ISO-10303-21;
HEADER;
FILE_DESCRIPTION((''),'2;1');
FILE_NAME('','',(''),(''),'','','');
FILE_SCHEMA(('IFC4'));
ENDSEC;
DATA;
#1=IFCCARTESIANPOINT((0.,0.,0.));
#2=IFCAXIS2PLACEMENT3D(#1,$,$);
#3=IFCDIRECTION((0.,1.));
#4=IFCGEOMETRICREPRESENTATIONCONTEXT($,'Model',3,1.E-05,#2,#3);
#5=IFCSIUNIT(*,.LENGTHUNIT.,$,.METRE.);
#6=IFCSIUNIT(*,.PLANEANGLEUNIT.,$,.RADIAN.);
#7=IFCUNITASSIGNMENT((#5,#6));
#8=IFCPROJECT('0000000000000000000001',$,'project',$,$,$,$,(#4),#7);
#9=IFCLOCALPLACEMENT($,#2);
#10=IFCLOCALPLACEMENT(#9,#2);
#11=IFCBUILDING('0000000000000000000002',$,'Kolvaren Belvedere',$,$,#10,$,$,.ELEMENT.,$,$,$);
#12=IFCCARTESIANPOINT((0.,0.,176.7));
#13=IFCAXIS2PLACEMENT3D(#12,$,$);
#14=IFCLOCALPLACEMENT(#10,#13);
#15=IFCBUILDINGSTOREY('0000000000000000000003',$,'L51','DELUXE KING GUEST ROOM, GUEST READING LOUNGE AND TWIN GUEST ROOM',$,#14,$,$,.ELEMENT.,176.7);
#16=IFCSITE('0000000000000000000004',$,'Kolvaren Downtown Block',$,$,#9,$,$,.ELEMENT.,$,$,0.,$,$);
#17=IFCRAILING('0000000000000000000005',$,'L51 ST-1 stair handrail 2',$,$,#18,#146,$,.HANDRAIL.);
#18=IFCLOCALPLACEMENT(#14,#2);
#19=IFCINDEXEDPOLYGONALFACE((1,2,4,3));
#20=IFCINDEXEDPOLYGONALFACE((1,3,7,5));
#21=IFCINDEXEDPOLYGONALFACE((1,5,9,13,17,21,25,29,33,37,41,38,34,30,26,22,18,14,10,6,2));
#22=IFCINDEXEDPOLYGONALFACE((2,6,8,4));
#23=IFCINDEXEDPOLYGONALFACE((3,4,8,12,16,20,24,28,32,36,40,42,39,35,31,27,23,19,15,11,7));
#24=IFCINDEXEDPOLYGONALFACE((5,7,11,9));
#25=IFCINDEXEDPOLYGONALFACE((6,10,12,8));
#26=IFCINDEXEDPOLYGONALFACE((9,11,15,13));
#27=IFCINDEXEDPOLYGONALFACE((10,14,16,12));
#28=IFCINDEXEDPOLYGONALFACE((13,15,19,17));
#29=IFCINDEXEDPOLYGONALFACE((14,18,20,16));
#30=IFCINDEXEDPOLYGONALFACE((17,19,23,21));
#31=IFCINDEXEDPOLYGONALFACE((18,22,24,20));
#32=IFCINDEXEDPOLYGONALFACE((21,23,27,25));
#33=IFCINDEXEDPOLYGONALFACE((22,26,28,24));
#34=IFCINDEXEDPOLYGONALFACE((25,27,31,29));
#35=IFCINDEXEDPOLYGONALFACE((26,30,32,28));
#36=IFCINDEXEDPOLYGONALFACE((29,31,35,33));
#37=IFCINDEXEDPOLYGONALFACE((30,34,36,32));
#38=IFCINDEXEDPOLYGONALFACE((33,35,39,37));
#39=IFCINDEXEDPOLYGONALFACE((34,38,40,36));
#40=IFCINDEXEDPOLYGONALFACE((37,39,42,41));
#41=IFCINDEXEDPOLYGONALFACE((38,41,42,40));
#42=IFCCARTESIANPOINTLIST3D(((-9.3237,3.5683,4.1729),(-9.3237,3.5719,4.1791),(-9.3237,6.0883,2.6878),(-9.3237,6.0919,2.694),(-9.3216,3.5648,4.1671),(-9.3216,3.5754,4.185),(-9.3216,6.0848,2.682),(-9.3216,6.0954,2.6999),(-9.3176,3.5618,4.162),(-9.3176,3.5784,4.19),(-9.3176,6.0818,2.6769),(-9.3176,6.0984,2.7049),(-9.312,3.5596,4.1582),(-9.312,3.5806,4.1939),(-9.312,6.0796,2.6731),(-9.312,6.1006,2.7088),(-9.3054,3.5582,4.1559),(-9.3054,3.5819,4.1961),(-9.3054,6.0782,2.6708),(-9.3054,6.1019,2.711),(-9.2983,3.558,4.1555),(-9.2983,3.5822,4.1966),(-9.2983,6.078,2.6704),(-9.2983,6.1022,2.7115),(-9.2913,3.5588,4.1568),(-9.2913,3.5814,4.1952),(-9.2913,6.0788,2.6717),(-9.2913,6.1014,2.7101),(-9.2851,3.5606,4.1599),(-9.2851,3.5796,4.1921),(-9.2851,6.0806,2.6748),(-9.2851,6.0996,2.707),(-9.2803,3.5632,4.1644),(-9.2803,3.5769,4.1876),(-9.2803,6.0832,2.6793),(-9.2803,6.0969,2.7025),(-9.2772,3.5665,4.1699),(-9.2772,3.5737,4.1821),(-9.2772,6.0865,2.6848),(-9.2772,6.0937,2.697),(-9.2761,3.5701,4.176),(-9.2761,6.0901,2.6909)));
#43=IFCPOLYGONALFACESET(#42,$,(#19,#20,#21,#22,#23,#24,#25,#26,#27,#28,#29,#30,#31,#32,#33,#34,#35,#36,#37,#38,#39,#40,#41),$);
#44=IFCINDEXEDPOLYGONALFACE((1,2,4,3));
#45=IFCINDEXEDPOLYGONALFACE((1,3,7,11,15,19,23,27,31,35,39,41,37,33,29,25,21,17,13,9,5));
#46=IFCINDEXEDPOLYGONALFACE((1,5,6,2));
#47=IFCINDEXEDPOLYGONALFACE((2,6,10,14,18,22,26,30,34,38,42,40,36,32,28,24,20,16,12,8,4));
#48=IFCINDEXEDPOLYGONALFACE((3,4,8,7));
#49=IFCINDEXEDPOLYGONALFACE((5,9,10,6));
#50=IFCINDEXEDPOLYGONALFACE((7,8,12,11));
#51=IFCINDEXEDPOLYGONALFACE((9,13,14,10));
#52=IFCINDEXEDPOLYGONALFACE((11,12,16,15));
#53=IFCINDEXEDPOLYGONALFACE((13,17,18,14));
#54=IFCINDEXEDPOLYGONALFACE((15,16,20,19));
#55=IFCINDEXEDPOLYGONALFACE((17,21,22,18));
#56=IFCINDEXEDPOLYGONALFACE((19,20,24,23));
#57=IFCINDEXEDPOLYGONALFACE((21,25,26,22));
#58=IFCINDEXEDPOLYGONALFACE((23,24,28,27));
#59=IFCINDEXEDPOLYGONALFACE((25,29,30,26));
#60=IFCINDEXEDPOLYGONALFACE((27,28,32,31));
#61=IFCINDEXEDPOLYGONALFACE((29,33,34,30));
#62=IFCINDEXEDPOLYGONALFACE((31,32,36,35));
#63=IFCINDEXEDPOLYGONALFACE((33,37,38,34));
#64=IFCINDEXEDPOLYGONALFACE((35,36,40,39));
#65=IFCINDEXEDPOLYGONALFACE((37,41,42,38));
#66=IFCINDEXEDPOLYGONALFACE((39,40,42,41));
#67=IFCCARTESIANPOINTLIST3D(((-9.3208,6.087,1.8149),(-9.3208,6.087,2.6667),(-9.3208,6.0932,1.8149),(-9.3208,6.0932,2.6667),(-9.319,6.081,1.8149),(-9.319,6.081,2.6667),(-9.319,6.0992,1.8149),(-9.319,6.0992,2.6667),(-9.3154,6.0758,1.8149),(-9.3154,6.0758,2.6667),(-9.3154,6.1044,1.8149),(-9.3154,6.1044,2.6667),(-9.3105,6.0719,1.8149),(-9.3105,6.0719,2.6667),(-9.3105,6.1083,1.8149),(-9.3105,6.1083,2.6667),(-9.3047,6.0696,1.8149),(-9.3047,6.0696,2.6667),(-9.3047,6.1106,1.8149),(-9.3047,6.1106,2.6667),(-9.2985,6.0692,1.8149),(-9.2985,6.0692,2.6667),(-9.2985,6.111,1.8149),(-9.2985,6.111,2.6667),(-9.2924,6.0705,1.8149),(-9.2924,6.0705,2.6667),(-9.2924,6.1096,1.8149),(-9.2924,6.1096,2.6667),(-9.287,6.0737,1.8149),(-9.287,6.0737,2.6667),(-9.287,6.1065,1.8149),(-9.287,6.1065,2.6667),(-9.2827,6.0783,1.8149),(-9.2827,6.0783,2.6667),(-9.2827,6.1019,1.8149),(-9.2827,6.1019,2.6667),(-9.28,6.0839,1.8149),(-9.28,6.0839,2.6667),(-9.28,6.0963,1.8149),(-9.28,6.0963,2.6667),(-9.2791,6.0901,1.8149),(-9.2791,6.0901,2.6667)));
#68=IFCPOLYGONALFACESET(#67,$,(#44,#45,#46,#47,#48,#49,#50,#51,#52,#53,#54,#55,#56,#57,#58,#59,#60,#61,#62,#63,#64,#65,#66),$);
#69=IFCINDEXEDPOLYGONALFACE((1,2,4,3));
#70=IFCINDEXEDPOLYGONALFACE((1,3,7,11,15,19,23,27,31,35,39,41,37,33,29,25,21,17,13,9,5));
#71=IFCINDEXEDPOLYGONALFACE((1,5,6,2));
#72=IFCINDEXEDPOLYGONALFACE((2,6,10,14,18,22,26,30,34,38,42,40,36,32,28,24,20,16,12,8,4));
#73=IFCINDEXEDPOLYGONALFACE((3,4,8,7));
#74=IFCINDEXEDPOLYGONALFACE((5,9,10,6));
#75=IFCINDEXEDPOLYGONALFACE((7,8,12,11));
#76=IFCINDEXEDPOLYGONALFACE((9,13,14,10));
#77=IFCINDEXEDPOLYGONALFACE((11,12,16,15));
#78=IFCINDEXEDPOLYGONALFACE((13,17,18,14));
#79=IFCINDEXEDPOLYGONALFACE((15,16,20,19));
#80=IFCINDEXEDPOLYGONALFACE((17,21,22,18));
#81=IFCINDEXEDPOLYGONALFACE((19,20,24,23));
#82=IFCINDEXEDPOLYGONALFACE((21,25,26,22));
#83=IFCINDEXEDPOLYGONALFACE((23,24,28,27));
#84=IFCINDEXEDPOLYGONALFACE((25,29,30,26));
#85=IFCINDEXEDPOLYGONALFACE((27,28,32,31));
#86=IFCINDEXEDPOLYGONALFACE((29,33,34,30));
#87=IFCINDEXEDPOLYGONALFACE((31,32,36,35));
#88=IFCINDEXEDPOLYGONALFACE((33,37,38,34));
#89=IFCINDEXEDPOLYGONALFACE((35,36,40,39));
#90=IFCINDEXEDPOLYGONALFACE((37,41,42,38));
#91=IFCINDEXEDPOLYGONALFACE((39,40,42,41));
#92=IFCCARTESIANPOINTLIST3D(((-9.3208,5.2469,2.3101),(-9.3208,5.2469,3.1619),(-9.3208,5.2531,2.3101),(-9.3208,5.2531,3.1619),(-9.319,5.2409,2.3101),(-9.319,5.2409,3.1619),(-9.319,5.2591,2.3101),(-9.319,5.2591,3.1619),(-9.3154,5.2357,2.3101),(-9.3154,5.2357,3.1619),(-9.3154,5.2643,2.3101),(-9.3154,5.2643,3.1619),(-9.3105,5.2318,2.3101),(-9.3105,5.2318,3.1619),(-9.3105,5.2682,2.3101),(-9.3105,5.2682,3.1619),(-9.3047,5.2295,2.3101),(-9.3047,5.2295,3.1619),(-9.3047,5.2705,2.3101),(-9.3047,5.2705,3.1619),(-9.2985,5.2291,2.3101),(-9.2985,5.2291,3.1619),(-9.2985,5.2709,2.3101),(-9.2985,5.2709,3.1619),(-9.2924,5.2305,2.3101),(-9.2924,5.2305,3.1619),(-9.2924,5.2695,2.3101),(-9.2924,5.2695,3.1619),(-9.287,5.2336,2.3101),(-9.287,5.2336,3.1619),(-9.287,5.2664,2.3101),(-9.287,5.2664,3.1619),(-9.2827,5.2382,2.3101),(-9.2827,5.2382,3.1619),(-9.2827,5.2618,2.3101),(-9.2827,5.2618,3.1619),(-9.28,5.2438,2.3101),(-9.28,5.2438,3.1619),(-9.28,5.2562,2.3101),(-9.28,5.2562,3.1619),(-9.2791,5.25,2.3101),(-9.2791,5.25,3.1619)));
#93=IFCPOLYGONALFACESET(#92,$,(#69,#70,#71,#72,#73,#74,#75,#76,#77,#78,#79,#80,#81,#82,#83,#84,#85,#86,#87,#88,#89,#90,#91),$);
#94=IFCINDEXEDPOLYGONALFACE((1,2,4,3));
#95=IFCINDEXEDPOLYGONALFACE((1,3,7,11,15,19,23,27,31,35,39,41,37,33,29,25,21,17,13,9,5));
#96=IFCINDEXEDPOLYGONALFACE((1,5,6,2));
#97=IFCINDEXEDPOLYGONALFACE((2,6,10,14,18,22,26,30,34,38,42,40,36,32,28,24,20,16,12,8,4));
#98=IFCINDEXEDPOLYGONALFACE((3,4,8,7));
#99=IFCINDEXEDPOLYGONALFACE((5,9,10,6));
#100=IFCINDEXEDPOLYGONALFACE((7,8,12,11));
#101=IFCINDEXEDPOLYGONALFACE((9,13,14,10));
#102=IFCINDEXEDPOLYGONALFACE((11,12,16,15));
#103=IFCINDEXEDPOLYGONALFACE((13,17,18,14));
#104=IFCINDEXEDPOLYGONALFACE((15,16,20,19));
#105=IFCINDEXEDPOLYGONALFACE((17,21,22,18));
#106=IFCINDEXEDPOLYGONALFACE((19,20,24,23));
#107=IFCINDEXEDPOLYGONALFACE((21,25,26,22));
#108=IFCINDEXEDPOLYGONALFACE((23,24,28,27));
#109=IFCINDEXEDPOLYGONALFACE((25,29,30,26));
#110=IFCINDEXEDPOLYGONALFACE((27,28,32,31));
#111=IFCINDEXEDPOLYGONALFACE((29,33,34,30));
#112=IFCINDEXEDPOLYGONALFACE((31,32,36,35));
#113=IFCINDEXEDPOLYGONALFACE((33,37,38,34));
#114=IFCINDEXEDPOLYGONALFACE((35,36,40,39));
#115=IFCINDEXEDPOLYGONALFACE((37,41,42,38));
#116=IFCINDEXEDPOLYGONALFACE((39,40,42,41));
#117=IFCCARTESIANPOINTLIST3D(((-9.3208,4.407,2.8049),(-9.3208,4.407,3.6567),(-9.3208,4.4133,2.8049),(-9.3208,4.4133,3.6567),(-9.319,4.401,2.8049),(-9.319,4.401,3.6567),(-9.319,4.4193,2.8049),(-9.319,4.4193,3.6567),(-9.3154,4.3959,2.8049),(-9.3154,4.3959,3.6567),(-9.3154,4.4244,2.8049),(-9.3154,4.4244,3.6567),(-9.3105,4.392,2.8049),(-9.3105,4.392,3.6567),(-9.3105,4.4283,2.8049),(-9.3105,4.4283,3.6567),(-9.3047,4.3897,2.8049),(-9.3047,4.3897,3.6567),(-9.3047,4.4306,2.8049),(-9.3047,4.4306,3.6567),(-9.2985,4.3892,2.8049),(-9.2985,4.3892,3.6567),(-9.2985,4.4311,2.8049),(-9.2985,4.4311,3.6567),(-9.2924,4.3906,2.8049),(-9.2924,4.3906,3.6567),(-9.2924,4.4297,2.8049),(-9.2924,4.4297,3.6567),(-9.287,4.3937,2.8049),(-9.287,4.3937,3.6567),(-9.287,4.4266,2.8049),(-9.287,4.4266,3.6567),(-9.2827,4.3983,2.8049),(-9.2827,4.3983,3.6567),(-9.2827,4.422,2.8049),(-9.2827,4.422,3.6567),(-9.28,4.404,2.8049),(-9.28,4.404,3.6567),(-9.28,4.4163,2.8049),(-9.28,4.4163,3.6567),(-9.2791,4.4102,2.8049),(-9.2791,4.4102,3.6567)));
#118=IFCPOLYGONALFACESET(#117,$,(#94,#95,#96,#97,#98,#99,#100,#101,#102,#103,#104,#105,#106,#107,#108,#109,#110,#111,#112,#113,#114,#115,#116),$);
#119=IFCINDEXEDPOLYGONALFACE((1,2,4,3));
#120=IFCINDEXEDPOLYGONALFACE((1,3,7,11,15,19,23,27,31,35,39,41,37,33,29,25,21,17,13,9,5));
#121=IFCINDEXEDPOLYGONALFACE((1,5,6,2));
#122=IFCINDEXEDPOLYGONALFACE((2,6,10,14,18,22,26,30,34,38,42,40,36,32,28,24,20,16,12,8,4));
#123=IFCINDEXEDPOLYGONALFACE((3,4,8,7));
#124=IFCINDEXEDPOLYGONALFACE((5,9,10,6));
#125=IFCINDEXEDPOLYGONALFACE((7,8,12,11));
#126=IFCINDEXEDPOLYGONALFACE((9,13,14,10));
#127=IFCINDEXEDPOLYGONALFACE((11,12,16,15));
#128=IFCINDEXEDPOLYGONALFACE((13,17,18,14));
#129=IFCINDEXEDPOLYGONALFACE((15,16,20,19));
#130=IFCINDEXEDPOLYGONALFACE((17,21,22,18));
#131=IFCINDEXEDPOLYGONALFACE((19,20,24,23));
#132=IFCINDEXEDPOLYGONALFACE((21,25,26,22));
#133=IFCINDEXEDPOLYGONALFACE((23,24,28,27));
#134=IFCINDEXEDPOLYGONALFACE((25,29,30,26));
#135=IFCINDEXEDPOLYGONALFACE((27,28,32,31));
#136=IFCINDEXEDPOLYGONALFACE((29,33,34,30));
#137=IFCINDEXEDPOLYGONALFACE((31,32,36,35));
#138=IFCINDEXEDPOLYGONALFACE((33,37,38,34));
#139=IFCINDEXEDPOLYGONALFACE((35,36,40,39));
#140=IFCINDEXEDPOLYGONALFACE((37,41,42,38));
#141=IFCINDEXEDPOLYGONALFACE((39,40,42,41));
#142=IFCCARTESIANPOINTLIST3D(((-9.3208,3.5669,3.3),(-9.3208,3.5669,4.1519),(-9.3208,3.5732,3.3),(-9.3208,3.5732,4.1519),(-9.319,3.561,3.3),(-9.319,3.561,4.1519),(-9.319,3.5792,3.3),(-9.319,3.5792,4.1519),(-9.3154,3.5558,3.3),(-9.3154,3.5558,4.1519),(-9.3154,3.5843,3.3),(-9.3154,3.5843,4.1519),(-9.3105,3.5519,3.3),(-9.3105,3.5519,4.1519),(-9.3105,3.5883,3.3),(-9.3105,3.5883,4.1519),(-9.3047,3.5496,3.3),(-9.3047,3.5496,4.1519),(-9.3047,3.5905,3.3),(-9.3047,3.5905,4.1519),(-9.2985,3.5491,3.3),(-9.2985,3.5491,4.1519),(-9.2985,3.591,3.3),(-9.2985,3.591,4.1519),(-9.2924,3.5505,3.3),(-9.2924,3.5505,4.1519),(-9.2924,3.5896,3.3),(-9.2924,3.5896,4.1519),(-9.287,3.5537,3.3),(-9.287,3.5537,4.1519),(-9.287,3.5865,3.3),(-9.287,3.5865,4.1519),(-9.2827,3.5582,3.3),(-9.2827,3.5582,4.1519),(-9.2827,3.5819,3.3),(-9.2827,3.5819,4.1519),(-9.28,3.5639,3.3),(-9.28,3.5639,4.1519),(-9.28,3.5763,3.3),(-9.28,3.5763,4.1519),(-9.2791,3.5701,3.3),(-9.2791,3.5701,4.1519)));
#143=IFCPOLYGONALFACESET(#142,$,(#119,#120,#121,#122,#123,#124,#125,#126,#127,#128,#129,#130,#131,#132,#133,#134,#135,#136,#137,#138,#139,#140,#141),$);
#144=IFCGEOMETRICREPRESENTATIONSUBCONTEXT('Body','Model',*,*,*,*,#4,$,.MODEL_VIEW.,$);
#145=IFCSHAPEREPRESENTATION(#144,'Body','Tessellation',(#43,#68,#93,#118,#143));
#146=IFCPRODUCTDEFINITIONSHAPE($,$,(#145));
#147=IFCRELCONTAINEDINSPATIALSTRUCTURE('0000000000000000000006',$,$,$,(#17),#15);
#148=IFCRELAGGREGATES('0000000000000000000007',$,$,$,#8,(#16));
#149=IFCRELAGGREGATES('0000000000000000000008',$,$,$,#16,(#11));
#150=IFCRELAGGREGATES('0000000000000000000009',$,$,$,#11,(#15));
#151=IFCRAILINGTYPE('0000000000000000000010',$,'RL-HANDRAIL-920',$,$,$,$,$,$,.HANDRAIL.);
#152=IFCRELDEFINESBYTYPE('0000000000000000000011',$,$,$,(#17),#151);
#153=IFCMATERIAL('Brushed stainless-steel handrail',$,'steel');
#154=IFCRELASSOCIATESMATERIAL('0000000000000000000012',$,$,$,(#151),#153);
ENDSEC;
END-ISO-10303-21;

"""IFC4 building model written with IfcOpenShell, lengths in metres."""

from ifc_helpers import new_model, si_unit, direction, frame, origin, origin_2d, place, context, subcontext, project, spatial, circle, extrude, material, type_object, element, save


model = new_model("IFC4")

# Units and contexts
model_context = context("Model", 3, precision=1e-05, world=origin(), true_north=direction((0.0, 1.0)))
body_context = subcontext(model_context, "Body", "Model", "MODEL_VIEW")
ifc_project = project(units=[si_unit("LENGTHUNIT", "METRE"), si_unit("PLANEANGLEUNIT", "RADIAN")], contexts=[model_context])

# Site, building, storey
site_placement = place(None, origin())
site = spatial("IfcSite", under=ifc_project, at=site_placement, Name="Kolvaren Downtown Block", CompositionType="ELEMENT", RefElevation=0.0)
building_placement = place(site_placement, origin())
building = spatial("IfcBuilding", under=site, at=building_placement, Name="Kolvaren Belvedere", CompositionType="ELEMENT")
storey_placement = place(building_placement, frame((0.0, 0.0, 176.7)))
storey = spatial("IfcBuildingStorey", under=building, at=storey_placement, Name="L51", Description="DELUXE KING GUEST ROOM, GUEST READING LOUNGE AND TWIN GUEST ROOM", CompositionType="ELEMENT", Elevation=176.7)

# Railing
ifc_material_1 = material(Name="Brushed stainless-steel handrail", Category="steel")
railing_type_1 = type_object("IfcRailingType", Name="RL-HANDRAIL-920", PredefinedType="HANDRAIL", material=ifc_material_1)
railing_1_placement = place(storey_placement, frame((-9.3, 6.0901, 1.8149)))
element("IfcRailing", 1, at=railing_1_placement, inside=storey, type_object=railing_type_1, Name="L51 ST-1 stair handrail 2", PredefinedType="HANDRAIL", context=body_context, shape_type="SweptSolid", body=[
    extrude(circle(Radius=0.0239, at=origin_2d()), frame((0.0, 0.0, 0.876), z_axis=(0.0, -0.861524, 0.507717), x_axis=(1.0, 0.0, 0.0)), (0.0, 0.0, 1.0), 2.925),
    extrude(circle(Radius=0.021, at=origin_2d()), origin(), (0.0, 0.0, 1.0), 0.8518),
    extrude(circle(Radius=0.021, at=origin_2d()), frame((0.0, -0.8401, 0.4951)), (0.0, 0.0, 1.0), 0.8518),
    extrude(circle(Radius=0.021, at=origin_2d()), frame((0.0, -1.6799, 0.99)), (0.0, 0.0, 1.0), 0.8518),
    extrude(circle(Radius=0.021, at=origin_2d()), frame((0.0, -2.52, 1.4851)), (0.0, 0.0, 1.0), 0.8518),
])

save(model, "model.ifc")
